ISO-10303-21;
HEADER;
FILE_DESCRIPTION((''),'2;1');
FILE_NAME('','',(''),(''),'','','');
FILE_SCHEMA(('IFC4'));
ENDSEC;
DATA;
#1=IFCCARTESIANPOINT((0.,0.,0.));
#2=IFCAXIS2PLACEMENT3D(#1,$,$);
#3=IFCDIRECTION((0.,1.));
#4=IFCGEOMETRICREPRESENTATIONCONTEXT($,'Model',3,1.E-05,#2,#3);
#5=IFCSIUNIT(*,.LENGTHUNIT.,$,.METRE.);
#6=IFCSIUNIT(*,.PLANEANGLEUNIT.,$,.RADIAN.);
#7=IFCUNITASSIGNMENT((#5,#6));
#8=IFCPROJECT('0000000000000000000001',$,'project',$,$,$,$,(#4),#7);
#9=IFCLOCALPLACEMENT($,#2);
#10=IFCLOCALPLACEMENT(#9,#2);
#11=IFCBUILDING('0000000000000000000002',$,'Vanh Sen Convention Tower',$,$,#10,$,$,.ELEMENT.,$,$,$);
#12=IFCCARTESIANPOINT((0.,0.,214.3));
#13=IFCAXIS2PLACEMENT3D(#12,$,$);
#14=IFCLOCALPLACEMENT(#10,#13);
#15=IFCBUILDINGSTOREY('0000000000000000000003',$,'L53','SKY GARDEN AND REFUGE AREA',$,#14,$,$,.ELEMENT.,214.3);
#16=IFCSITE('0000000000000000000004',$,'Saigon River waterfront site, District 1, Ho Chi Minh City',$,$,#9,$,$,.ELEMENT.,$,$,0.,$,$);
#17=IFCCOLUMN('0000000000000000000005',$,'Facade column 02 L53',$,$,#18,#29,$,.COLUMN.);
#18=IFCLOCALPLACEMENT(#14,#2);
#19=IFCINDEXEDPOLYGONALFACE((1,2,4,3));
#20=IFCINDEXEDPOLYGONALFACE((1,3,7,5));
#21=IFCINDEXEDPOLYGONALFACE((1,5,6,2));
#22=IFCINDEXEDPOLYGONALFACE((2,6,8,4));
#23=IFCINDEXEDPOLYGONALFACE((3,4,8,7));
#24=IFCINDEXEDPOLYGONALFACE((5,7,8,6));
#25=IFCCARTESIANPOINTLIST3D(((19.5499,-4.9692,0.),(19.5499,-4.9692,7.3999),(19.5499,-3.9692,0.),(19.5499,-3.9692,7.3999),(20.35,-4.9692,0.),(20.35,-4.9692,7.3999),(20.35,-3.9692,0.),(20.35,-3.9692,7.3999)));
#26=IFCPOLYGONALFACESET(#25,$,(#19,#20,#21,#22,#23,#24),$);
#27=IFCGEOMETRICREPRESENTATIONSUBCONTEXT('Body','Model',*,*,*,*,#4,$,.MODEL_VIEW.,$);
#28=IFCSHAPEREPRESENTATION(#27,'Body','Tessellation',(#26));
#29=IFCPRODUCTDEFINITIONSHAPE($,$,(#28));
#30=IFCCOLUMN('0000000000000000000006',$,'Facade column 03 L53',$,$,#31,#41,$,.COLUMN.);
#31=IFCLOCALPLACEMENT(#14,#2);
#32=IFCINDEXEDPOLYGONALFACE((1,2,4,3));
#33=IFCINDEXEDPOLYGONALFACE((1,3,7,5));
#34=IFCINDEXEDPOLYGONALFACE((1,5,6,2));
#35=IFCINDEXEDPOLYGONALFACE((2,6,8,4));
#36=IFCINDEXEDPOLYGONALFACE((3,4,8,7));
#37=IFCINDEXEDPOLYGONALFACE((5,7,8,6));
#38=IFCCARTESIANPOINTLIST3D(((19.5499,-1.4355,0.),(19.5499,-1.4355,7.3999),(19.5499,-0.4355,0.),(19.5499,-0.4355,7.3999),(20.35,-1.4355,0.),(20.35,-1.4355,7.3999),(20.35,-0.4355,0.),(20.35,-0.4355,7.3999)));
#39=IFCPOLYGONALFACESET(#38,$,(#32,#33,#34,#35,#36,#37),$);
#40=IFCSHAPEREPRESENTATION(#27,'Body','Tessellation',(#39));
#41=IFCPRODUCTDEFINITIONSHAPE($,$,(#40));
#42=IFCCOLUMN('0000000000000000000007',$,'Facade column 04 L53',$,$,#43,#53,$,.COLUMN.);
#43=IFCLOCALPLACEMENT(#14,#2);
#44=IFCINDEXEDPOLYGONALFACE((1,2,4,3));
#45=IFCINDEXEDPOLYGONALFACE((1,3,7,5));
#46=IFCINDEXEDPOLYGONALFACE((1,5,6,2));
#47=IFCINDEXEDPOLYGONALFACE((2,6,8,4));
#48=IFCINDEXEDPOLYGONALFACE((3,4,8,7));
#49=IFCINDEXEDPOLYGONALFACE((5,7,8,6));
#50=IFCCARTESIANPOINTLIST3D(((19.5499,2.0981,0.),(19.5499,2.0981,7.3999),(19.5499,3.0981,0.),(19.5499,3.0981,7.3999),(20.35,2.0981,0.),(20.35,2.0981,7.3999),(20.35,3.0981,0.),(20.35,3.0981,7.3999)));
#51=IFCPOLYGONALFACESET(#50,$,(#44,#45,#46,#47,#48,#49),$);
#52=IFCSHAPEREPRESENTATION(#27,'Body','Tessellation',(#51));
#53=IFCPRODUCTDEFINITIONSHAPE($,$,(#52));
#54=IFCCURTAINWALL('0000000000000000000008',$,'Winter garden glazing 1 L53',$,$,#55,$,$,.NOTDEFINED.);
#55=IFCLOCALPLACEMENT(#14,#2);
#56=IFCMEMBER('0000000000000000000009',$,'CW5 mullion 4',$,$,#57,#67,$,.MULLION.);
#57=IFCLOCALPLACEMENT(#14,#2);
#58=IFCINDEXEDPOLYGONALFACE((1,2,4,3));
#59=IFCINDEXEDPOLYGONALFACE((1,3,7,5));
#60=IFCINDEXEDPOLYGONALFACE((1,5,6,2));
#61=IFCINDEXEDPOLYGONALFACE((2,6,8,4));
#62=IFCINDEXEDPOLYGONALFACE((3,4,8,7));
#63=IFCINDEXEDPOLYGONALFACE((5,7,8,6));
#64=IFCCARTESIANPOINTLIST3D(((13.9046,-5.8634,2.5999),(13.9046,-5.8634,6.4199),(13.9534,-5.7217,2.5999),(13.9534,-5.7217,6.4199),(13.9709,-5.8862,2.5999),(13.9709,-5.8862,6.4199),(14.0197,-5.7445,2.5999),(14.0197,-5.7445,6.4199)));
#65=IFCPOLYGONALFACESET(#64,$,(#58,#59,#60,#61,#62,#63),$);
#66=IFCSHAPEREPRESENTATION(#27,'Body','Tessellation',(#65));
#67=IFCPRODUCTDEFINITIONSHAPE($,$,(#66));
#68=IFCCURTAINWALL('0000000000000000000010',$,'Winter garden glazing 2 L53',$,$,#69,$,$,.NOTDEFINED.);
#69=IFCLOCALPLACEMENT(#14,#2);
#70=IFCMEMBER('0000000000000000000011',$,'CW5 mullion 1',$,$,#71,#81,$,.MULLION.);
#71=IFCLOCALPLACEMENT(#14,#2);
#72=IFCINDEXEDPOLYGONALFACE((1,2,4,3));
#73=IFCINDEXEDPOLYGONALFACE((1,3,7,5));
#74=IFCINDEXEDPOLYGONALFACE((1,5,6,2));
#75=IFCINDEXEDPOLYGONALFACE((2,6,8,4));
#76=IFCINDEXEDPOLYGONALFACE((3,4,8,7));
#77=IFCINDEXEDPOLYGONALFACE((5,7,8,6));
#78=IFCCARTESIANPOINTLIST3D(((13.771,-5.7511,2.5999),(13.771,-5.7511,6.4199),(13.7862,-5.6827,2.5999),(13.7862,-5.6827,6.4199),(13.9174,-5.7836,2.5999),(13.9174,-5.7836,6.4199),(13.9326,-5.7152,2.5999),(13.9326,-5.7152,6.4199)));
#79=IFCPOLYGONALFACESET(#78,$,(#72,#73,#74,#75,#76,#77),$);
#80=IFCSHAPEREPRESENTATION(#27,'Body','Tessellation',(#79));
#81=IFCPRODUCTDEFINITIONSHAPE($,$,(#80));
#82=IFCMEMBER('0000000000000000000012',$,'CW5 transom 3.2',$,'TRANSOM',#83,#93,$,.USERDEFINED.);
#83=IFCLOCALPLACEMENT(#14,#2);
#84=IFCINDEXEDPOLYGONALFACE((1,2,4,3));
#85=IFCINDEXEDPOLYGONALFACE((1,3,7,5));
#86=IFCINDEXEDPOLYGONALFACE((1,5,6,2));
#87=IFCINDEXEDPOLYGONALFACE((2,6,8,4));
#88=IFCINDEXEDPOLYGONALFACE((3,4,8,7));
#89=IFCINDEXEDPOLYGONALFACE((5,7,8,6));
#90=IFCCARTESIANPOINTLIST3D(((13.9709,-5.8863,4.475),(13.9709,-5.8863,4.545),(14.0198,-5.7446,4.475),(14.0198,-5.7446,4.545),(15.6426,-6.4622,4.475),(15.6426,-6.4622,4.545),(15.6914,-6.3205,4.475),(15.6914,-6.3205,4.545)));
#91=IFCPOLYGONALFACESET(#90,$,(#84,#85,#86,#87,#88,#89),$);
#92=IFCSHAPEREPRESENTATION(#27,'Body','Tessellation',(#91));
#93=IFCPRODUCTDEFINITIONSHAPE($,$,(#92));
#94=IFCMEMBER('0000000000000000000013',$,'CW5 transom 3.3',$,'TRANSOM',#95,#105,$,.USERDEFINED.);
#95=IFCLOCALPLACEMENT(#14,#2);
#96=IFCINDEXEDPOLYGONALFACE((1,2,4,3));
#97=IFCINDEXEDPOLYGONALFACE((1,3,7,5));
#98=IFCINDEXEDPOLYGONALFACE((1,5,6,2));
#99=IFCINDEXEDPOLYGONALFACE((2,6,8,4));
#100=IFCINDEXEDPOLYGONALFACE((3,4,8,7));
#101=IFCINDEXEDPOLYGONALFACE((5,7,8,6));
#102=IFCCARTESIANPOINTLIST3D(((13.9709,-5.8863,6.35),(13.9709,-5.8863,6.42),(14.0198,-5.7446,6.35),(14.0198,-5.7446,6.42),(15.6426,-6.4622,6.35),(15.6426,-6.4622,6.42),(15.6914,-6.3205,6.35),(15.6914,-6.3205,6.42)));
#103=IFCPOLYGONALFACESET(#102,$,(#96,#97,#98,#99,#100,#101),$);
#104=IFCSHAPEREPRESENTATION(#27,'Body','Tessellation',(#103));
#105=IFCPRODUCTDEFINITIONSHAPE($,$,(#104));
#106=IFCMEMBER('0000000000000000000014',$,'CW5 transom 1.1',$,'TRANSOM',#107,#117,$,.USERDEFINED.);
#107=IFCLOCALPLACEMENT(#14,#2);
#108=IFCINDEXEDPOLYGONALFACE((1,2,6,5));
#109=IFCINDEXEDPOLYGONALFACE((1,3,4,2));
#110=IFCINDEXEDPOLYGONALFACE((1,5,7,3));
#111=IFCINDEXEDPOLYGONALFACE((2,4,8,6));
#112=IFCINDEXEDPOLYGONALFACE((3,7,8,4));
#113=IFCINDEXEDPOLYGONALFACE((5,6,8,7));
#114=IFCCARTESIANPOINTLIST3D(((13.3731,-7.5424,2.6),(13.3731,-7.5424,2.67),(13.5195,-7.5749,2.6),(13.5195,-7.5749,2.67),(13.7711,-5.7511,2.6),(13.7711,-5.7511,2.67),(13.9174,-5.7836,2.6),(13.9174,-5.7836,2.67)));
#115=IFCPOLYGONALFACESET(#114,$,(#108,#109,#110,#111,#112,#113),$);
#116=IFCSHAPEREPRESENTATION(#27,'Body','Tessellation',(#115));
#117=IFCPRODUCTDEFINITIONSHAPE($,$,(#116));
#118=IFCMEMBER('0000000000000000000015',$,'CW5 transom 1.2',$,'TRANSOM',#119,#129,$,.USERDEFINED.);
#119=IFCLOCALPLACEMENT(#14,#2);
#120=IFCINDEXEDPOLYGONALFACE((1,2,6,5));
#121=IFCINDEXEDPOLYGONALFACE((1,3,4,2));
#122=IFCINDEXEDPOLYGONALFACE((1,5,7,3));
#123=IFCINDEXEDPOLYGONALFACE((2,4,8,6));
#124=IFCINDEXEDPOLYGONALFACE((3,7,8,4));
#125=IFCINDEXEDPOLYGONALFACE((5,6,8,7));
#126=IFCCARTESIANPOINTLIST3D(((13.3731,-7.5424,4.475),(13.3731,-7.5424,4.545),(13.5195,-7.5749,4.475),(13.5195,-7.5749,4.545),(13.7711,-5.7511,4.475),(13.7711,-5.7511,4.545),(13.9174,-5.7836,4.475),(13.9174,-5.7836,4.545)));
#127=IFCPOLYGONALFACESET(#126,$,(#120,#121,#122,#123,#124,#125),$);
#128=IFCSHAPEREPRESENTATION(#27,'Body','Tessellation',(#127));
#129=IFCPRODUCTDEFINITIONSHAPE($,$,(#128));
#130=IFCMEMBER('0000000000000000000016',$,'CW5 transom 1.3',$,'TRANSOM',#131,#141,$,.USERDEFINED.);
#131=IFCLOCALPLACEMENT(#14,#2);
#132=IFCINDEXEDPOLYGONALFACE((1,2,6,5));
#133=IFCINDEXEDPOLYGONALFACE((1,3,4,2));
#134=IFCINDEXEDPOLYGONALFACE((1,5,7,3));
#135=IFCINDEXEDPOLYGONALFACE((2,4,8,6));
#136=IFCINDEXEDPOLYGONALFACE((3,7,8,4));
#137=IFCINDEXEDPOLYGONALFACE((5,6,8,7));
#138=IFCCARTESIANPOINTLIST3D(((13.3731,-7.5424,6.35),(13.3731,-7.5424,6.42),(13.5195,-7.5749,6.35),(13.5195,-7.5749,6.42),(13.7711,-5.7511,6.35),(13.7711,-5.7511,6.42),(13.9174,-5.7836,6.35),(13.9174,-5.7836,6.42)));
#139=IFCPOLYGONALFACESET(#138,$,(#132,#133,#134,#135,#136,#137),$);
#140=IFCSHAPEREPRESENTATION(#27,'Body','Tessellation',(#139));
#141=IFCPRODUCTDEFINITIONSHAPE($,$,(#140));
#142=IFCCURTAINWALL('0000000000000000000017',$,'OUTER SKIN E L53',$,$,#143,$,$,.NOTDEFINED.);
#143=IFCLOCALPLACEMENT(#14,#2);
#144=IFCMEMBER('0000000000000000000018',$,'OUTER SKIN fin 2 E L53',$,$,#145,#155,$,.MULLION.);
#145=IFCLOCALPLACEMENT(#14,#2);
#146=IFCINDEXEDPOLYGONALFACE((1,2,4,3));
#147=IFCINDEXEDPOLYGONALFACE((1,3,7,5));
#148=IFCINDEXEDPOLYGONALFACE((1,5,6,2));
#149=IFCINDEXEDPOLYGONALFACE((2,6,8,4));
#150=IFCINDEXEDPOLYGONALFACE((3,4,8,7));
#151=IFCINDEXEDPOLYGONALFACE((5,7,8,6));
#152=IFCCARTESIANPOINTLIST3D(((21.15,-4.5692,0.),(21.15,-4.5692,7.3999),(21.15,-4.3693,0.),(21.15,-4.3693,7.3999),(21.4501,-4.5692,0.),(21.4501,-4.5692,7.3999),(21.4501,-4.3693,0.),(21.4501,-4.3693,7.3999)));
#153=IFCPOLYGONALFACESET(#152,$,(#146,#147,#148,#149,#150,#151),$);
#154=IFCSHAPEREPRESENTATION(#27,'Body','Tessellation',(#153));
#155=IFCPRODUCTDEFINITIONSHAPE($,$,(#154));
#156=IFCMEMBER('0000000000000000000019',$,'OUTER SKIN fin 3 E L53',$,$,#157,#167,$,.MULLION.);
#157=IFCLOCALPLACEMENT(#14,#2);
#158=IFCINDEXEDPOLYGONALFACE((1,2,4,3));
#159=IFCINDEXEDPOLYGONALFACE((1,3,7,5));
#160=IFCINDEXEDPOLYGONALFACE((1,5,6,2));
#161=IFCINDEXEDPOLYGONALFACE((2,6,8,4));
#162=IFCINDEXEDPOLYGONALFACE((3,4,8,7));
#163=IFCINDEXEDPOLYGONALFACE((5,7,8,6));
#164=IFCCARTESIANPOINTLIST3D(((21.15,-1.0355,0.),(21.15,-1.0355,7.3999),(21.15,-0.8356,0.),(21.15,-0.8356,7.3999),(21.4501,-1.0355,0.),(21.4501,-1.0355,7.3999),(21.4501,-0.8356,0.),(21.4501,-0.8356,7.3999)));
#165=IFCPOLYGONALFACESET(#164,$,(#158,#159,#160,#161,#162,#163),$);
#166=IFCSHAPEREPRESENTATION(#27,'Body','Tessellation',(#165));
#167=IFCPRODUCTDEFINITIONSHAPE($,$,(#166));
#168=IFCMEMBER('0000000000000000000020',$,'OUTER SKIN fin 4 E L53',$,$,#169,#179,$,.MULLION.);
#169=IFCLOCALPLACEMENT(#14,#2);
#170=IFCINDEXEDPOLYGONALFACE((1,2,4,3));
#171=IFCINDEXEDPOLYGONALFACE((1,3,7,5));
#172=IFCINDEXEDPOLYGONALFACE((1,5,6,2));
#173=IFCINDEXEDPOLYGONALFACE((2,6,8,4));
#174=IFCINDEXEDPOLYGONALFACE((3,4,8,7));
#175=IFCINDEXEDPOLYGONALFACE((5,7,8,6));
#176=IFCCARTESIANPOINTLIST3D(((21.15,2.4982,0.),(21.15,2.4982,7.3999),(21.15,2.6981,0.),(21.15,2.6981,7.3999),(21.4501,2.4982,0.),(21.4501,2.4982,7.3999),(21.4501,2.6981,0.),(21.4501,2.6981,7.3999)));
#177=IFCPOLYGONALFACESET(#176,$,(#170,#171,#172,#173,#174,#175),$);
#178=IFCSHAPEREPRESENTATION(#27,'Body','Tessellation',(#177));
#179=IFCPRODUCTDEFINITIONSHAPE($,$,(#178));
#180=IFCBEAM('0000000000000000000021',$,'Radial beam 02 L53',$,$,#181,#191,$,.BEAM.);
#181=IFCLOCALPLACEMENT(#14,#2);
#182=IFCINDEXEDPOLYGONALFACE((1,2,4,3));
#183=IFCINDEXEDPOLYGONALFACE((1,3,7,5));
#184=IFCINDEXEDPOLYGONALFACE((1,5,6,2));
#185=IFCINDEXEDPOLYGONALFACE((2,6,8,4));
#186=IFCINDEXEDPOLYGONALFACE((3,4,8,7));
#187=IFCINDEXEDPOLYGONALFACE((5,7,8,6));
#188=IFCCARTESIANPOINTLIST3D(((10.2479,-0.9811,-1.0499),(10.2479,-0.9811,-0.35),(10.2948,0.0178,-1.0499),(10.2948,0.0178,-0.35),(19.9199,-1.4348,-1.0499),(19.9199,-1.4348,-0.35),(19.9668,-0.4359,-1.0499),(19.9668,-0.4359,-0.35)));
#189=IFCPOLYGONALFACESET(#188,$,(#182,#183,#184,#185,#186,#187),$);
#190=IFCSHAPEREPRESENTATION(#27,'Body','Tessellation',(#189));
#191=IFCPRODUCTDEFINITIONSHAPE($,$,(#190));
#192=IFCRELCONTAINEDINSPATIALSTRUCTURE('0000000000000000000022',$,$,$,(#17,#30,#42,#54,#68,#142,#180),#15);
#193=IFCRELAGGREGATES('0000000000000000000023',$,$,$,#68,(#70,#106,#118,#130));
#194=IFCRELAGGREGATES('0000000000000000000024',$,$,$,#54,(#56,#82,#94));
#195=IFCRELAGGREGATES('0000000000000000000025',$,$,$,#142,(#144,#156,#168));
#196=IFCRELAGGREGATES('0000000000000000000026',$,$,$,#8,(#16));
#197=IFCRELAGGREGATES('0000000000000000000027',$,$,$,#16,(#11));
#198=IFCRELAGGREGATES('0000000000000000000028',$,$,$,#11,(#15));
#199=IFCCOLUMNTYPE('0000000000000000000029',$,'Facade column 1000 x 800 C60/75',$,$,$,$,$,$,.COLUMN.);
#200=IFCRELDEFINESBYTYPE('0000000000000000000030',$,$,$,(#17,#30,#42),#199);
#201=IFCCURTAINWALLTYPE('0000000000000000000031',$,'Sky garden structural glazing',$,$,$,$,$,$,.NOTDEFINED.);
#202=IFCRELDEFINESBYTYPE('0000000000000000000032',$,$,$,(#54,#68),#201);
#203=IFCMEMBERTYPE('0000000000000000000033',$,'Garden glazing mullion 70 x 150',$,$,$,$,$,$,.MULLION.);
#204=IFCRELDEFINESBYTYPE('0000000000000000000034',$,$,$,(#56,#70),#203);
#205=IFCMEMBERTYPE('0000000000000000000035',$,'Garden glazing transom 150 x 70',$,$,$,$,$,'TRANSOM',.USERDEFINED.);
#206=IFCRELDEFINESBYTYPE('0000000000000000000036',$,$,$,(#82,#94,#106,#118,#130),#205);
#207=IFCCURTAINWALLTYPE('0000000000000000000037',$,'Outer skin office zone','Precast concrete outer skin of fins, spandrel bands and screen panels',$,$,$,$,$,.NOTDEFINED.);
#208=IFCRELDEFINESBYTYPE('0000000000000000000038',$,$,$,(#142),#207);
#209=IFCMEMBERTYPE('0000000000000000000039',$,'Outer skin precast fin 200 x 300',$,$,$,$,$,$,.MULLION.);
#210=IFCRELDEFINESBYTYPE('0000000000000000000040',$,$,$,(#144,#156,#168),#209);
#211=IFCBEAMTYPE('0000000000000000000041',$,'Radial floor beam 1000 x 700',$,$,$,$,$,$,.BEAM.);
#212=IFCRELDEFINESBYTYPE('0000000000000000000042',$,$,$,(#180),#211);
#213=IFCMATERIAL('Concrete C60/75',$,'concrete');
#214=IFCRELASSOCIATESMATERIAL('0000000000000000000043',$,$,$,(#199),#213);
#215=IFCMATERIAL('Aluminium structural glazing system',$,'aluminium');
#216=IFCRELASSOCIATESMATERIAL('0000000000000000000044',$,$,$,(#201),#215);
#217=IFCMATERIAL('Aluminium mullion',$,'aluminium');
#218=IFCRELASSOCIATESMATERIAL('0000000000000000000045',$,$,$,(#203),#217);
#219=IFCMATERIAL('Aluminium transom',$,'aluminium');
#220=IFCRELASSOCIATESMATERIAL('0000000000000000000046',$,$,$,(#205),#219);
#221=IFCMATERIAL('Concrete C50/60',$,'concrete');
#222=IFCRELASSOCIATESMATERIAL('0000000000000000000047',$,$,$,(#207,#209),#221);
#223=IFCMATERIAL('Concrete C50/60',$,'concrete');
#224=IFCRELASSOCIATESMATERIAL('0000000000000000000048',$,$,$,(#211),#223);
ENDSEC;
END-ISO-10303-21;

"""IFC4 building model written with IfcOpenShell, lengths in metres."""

from ifc_helpers import new_model, si_unit, direction, frame, origin, origin_2d, place, context, subcontext, project, spatial, rectangle, extrude, material, material_profile, profile_set, type_object, element, aggregate, save


model = new_model("IFC4")

# Units and contexts
model_context = context("Model", 3, precision=1e-05, world=origin(), true_north=direction((0.0, 1.0)))
body_context = subcontext(model_context, "Body", "Model", "MODEL_VIEW")
ifc_project = project(units=[si_unit("LENGTHUNIT", "METRE"), si_unit("PLANEANGLEUNIT", "RADIAN")], contexts=[model_context])

# Site, building, storey
site_placement = place(None, origin())
site = spatial("IfcSite", under=ifc_project, at=site_placement, Name="Saigon River waterfront site, District 1, Ho Chi Minh City", CompositionType="ELEMENT", RefElevation=0.0)
building_placement = place(site_placement, origin())
building = spatial("IfcBuilding", under=site, at=building_placement, Name="Vanh Sen Convention Tower", CompositionType="ELEMENT")
storey_placement = place(building_placement, frame((0.0, 0.0, 214.3)))
storey = spatial("IfcBuildingStorey", under=building, at=storey_placement, Name="L53", Description="SKY GARDEN AND REFUGE AREA", CompositionType="ELEMENT", Elevation=214.3)

# Columns
ifc_material_1 = material(Name="Concrete C60/75", Category="concrete")
ifc_material_profile_1 = material_profile(ifc_material_1, rectangle(XDim=1.0, YDim=0.8, at=origin_2d()), Name="RC 1000X800")
ifc_profile_set_1 = profile_set([ifc_material_profile_1], Name="Concrete C60/75")
column_type = type_object("IfcColumnType", Name="Facade column 1000 x 800 C60/75", PredefinedType="COLUMN", material=ifc_profile_set_1)
for number, where, z_axis, x_axis, name in (
    (1, (19.95, -4.4692, 0.0), (0.0, 0.0, 1.0), (0.0, 1.0, 0.0), "Facade column 02 L53"),
    (2, (19.95, -0.9355, 0.0), (0.0, 0.0, 1.0), (0.0, 1.0, 0.0), "Facade column 03 L53"),
    (3, (19.95, 2.5981, 0.0), (0.0, 0.0, 1.0), (0.0, 1.0, 0.0), "Facade column 04 L53"),
):
    element("IfcColumn", number, at=place(storey_placement, frame(where, z_axis=z_axis, x_axis=x_axis)), inside=storey, type_object=column_type, Name=name, PredefinedType="COLUMN", context=body_context, shape_type="SweptSolid", body=[
        extrude(rectangle(XDim=1.0, YDim=0.8, at=origin_2d()), origin(), (0.0, 0.0, 1.0), 7.3999),
    ])

# Curtain walls, members
ifc_material_2 = material(Name="Aluminium structural glazing system", Category="aluminium")
curtain_wall_type_1 = type_object("IfcCurtainWallType", Name="Sky garden structural glazing", PredefinedType="NOTDEFINED", material=ifc_material_2)
curtain_wall_1_placement = place(storey_placement, origin())
curtain_wall_1 = element("IfcCurtainWall", 4, at=curtain_wall_1_placement, inside=storey, type_object=curtain_wall_type_1, Name="Winter garden glazing 1 L53", PredefinedType="NOTDEFINED")
ifc_material_3 = material(Name="Aluminium mullion", Category="aluminium")
ifc_material_profile_2 = material_profile(ifc_material_3, rectangle(XDim=0.1499, YDim=0.0701, at=origin_2d()), Name="Garden glazing mullion 70 x 150")
ifc_profile_set_2 = profile_set([ifc_material_profile_2], Name="Aluminium mullion")
member_type_1 = type_object("IfcMemberType", Name="Garden glazing mullion 70 x 150", PredefinedType="MULLION", material=ifc_profile_set_2)
member_1_placement = place(storey_placement, frame((13.9622, -5.804, 2.5999), z_axis=(0.0, 0.0, 1.0), x_axis=(-0.325699, -0.945474, 0.0)))
member_1 = element("IfcMember", 5, at=member_1_placement, type_object=member_type_1, Name="CW5 mullion 4", PredefinedType="MULLION", context=body_context, shape_type="SweptSolid", body=[
    extrude(rectangle(XDim=0.1499, YDim=0.0701, at=origin_2d()), origin(), (0.0, 0.0, 1.0), 3.8201),
])
curtain_wall_2_placement = place(storey_placement, origin())
curtain_wall_2 = element("IfcCurtainWall", 6, at=curtain_wall_2_placement, inside=storey, type_object=curtain_wall_type_1, Name="Winter garden glazing 2 L53", PredefinedType="NOTDEFINED")
member_2_placement = place(storey_placement, frame((13.8518, -5.7332, 2.5999), z_axis=(0.0, 0.0, 1.0), x_axis=(0.976222, -0.216775, 0.0)))
member_2 = element("IfcMember", 7, at=member_2_placement, type_object=member_type_1, Name="CW5 mullion 1", PredefinedType="MULLION", context=body_context, shape_type="SweptSolid", body=[
    extrude(rectangle(XDim=0.1499, YDim=0.0701, at=origin_2d()), origin(), (0.0, 0.0, 1.0), 3.8201),
])

# Members
ifc_material_4 = material(Name="Aluminium transom", Category="aluminium")
ifc_material_profile_3 = material_profile(ifc_material_4, rectangle(XDim=0.1499, YDim=0.0701, at=origin_2d()), Name="Garden glazing transom 150 x 70")
ifc_profile_set_3 = profile_set([ifc_material_profile_3], Name="Aluminium transom")
member_type_2 = type_object("IfcMemberType", Name="Garden glazing transom 150 x 70", ElementType="TRANSOM", PredefinedType="USERDEFINED", material=ifc_profile_set_3)
member_3_placement = place(storey_placement, frame((15.667, -6.3914, 4.51), z_axis=(-0.94546, 0.32574, 0.0), x_axis=(-0.32574, -0.94546, 0.0)))
member_3 = element("IfcMember", 8, at=member_3_placement, type_object=member_type_2, Name="CW5 transom 3.2", ObjectType="TRANSOM", PredefinedType="USERDEFINED", context=body_context, shape_type="SweptSolid", body=[
    extrude(rectangle(XDim=0.1499, YDim=0.0701, at=origin_2d()), origin(), (0.0, 0.0, 1.0), 1.7681),
])
member_4_placement = place(storey_placement, frame((15.667, -6.3914, 6.385), z_axis=(-0.94546, 0.32574, 0.0), x_axis=(-0.32574, -0.94546, 0.0)))
member_4 = element("IfcMember", 9, at=member_4_placement, type_object=member_type_2, Name="CW5 transom 3.3", ObjectType="TRANSOM", PredefinedType="USERDEFINED", context=body_context, shape_type="SweptSolid", body=[
    extrude(rectangle(XDim=0.1499, YDim=0.0701, at=origin_2d()), origin(), (0.0, 0.0, 1.0), 1.7681),
])
member_5_placement = place(storey_placement, frame((13.8442, -5.7673, 2.635), z_axis=(-0.216874, -0.9762, 0.0), x_axis=(0.9762, -0.216874, 0.0)))
member_5 = element("IfcMember", 10, at=member_5_placement, type_object=member_type_2, Name="CW5 transom 1.1", ObjectType="TRANSOM", PredefinedType="USERDEFINED", context=body_context, shape_type="SweptSolid", body=[
    extrude(rectangle(XDim=0.1499, YDim=0.0701, at=origin_2d()), origin(), (0.0, 0.0, 1.0), 1.835),
])
member_6_placement = place(storey_placement, frame((13.8442, -5.7673, 4.51), z_axis=(-0.216874, -0.9762, 0.0), x_axis=(0.9762, -0.216874, 0.0)))
member_6 = element("IfcMember", 11, at=member_6_placement, type_object=member_type_2, Name="CW5 transom 1.2", ObjectType="TRANSOM", PredefinedType="USERDEFINED", context=body_context, shape_type="SweptSolid", body=[
    extrude(rectangle(XDim=0.1499, YDim=0.0701, at=origin_2d()), origin(), (0.0, 0.0, 1.0), 1.835),
])
member_7_placement = place(storey_placement, frame((13.8442, -5.7673, 6.385), z_axis=(-0.216874, -0.9762, 0.0), x_axis=(0.9762, -0.216874, 0.0)))
member_7 = element("IfcMember", 12, at=member_7_placement, type_object=member_type_2, Name="CW5 transom 1.3", ObjectType="TRANSOM", PredefinedType="USERDEFINED", context=body_context, shape_type="SweptSolid", body=[
    extrude(rectangle(XDim=0.1499, YDim=0.0701, at=origin_2d()), origin(), (0.0, 0.0, 1.0), 1.835),
])
aggregate(curtain_wall_2, [member_2, member_5, member_6, member_7])

# Curtain wall, members
ifc_material_5 = material(Name="Concrete C50/60", Category="concrete")
curtain_wall_type_2 = type_object("IfcCurtainWallType", Name="Outer skin office zone", Description="Precast concrete outer skin of fins, spandrel bands and screen panels", PredefinedType="NOTDEFINED", material=ifc_material_5)
curtain_wall_3_placement = place(storey_placement, origin())
curtain_wall_3 = element("IfcCurtainWall", 13, at=curtain_wall_3_placement, inside=storey, type_object=curtain_wall_type_2, Name="OUTER SKIN E L53", PredefinedType="NOTDEFINED")
ifc_material_profile_4 = material_profile(ifc_material_5, rectangle(XDim=0.2, YDim=0.3, at=origin_2d()), Name="Outer skin precast fin 200 x 300")
ifc_profile_set_4 = profile_set([ifc_material_profile_4], Name="Concrete C50/60")
member_type_3 = type_object("IfcMemberType", Name="Outer skin precast fin 200 x 300", PredefinedType="MULLION", material=ifc_profile_set_4)
member_8_placement = place(storey_placement, frame((21.3, -4.4692, 0.0), z_axis=(0.0, 0.0, 1.0), x_axis=(0.0, 1.0, 0.0)))
member_8 = element("IfcMember", 14, at=member_8_placement, type_object=member_type_3, Name="OUTER SKIN fin 2 E L53", PredefinedType="MULLION", context=body_context, shape_type="SweptSolid", body=[
    extrude(rectangle(XDim=0.2, YDim=0.3, at=origin_2d()), origin(), (0.0, 0.0, 1.0), 7.3999),
])
member_9_placement = place(storey_placement, frame((21.3, -0.9355, 0.0), z_axis=(0.0, 0.0, 1.0), x_axis=(0.0, 1.0, 0.0)))
member_9 = element("IfcMember", 15, at=member_9_placement, type_object=member_type_3, Name="OUTER SKIN fin 3 E L53", PredefinedType="MULLION", context=body_context, shape_type="SweptSolid", body=[
    extrude(rectangle(XDim=0.2, YDim=0.3, at=origin_2d()), origin(), (0.0, 0.0, 1.0), 7.3999),
])
member_10_placement = place(storey_placement, frame((21.3, 2.5981, 0.0), z_axis=(0.0, 0.0, 1.0), x_axis=(0.0, 1.0, 0.0)))
member_10 = element("IfcMember", 16, at=member_10_placement, type_object=member_type_3, Name="OUTER SKIN fin 4 E L53", PredefinedType="MULLION", context=body_context, shape_type="SweptSolid", body=[
    extrude(rectangle(XDim=0.2, YDim=0.3, at=origin_2d()), origin(), (0.0, 0.0, 1.0), 7.3999),
])

# Beam
ifc_material_6 = material(Name="Concrete C50/60", Category="concrete")
ifc_material_profile_5 = material_profile(ifc_material_6, rectangle(XDim=1.0, YDim=0.7, at=origin_2d()), Name="RC 1000X700")
ifc_profile_set_5 = profile_set([ifc_material_profile_5], Name="Concrete C50/60")
beam_type_1 = type_object("IfcBeamType", Name="Radial floor beam 1000 x 700", PredefinedType="BEAM", material=ifc_profile_set_5)
beam_1_placement = place(storey_placement, frame((19.9434, -0.9353, -0.7), z_axis=(-0.998902, 0.046849, 0.0), x_axis=(-0.046849, -0.998902, 0.0)))
element("IfcBeam", 17, at=beam_1_placement, inside=storey, type_object=beam_type_1, Name="Radial beam 02 L53", PredefinedType="BEAM", context=body_context, shape_type="SweptSolid", body=[
    extrude(rectangle(XDim=1.0, YDim=0.7, at=origin_2d()), origin(), (0.0, 0.0, 1.0), 9.6826),
])

aggregate(curtain_wall_1, [member_1, member_3, member_4])
aggregate(curtain_wall_3, [member_8, member_9, member_10])

save(model, "model.ifc")
